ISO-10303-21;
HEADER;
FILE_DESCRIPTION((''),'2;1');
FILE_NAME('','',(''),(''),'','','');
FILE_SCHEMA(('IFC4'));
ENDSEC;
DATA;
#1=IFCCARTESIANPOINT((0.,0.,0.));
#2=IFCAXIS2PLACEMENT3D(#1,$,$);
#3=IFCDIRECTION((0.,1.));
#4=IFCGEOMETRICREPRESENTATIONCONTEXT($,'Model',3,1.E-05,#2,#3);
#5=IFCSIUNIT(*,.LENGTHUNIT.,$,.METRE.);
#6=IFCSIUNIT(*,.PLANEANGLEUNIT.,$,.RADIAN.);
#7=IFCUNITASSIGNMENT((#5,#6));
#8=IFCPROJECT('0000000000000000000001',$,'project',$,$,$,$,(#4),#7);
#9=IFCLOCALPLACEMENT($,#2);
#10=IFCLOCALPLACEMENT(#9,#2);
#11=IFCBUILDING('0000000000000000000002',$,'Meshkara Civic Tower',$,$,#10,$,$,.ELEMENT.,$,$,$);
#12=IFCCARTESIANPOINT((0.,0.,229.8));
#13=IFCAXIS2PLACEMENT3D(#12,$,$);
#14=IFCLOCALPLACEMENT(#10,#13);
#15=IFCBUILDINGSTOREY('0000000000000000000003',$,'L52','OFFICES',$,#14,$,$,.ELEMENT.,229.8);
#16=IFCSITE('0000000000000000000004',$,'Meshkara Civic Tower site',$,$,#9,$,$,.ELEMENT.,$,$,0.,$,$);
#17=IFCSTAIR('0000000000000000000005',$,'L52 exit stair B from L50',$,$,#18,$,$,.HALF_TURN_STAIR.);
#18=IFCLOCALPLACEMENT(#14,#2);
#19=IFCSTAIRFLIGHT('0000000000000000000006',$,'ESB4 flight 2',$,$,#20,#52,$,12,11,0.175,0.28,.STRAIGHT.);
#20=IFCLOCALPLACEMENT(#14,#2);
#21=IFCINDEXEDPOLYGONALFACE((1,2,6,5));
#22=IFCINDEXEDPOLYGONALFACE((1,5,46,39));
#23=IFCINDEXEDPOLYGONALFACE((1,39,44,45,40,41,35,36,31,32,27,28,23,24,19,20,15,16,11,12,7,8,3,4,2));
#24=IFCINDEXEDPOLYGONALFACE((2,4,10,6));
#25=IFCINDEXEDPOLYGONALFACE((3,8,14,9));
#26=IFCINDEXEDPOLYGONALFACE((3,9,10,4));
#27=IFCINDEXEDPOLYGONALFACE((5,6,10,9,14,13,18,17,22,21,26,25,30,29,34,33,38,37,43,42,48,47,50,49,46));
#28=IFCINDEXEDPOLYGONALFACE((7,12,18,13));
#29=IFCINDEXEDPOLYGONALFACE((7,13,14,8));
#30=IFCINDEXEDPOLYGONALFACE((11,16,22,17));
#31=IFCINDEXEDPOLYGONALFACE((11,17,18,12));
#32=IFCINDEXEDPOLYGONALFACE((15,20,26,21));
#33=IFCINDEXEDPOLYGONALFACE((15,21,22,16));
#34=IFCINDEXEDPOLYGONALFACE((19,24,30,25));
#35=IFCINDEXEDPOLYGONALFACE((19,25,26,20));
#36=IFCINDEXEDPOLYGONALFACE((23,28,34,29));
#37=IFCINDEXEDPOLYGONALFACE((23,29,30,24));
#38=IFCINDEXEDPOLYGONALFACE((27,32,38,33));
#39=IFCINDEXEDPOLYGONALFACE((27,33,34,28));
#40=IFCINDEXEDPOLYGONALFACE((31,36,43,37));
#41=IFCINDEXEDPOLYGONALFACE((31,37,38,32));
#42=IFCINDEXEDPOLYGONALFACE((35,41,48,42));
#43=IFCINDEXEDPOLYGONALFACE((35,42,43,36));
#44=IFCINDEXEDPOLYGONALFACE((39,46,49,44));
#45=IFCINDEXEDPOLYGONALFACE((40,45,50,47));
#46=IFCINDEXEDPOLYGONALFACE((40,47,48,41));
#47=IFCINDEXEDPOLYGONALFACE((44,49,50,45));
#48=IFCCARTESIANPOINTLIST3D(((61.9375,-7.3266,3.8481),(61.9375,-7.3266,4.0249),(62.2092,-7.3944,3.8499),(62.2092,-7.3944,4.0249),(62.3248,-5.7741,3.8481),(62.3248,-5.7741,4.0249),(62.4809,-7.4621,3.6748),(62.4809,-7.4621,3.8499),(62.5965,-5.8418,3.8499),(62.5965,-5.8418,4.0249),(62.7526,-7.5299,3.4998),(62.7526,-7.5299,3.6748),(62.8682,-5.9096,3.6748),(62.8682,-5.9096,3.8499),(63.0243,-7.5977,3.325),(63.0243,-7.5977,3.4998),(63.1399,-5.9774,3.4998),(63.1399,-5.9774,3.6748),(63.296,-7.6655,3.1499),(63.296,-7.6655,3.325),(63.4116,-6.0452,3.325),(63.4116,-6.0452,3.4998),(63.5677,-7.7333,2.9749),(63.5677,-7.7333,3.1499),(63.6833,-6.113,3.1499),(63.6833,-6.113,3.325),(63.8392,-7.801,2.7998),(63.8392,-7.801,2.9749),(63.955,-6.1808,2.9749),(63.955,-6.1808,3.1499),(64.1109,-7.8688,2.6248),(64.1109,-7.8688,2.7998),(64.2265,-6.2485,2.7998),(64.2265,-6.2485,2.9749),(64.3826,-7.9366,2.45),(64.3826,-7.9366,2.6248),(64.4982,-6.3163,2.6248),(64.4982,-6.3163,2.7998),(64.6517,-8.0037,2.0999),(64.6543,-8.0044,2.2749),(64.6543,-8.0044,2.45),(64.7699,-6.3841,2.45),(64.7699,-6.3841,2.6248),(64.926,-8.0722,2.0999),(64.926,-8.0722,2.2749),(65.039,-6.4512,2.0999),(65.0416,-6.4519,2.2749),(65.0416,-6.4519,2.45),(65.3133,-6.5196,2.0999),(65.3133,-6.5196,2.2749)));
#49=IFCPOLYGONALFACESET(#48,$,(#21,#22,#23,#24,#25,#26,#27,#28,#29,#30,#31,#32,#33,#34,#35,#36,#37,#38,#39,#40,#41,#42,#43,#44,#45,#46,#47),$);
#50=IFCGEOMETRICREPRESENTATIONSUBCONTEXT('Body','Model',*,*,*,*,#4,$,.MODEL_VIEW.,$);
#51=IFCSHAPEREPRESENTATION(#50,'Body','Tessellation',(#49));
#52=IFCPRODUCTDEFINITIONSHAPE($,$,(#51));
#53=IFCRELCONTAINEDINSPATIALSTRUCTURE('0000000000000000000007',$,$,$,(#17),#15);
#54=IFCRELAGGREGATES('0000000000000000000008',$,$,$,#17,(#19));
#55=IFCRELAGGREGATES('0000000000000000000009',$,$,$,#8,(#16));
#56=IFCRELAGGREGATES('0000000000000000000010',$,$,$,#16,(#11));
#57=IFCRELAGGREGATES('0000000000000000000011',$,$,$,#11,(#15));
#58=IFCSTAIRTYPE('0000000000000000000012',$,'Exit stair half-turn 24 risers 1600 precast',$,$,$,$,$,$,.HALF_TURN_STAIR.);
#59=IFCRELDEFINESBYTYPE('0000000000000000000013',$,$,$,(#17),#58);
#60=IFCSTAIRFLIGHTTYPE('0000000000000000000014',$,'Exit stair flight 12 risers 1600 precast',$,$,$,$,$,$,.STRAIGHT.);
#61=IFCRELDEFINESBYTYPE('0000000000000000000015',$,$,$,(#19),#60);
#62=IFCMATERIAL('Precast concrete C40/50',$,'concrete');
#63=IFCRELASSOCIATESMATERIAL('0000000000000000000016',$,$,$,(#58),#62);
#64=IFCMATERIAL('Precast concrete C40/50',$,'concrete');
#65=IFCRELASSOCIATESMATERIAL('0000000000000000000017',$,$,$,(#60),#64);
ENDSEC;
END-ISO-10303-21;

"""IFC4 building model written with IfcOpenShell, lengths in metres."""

from ifc_helpers import new_model, si_unit, direction, frame, origin, place, context, subcontext, project, spatial, polyline, outline, extrude, material, type_object, element, aggregate, save


model = new_model("IFC4")

# Units and contexts
model_context = context("Model", 3, precision=1e-05, world=origin(), true_north=direction((0.0, 1.0)))
body_context = subcontext(model_context, "Body", "Model", "MODEL_VIEW")
ifc_project = project(units=[si_unit("LENGTHUNIT", "METRE"), si_unit("PLANEANGLEUNIT", "RADIAN")], contexts=[model_context])

# Site, building, storey
site_placement = place(None, origin())
site = spatial("IfcSite", under=ifc_project, at=site_placement, Name="Meshkara Civic Tower site", CompositionType="ELEMENT", RefElevation=0.0)
building_placement = place(site_placement, origin())
building = spatial("IfcBuilding", under=site, at=building_placement, Name="Meshkara Civic Tower", CompositionType="ELEMENT")
storey_placement = place(building_placement, frame((0.0, 0.0, 229.8)))
storey = spatial("IfcBuildingStorey", under=building, at=storey_placement, Name="L52", Description="OFFICES", CompositionType="ELEMENT", Elevation=229.8)

# Stair, stair flight
ifc_material_1 = material(Name="Precast concrete C40/50", Category="concrete")
stair_type = type_object("IfcStairType", Name="Exit stair half-turn 24 risers 1600 precast", PredefinedType="HALF_TURN_STAIR", material=ifc_material_1)
stair_placement = place(storey_placement, origin())
stair = element("IfcStair", 1, at=stair_placement, inside=storey, type_object=stair_type, Name="L52 exit stair B from L50", PredefinedType="HALF_TURN_STAIR")
ifc_material_2 = material(Name="Precast concrete C40/50", Category="concrete")
stair_flight_type = type_object("IfcStairFlightType", Name="Exit stair flight 12 risers 1600 precast", PredefinedType="STRAIGHT", material=ifc_material_2)
stair_flight_1_placement = place(storey_placement, frame((65.1196, -7.2959, 2.0999), z_axis=(0.0, 0.0, 1.0), x_axis=(-0.97026, 0.242065, 0.0)))
stair_flight_1 = element("IfcStairFlight", 2, at=stair_flight_1_placement, type_object=stair_flight_type, Name="ESB4 flight 2", NumberOfRisers=12, NumberOfTreads=11, PredefinedType="STRAIGHT", RiserHeight=0.175, TreadLength=0.28, context=body_context, shape_type="SweptSolid", body=[
    extrude(outline(polyline([(0.0, 0.0), (0.0, 0.175), (0.28, 0.175), (0.28, 0.3501), (0.5601, 0.3501), (0.5601, 0.5249), (0.8401, 0.5249), (0.8401, 0.7), (1.1201, 0.7), (1.1201, 0.875), (1.3999, 0.875), (1.3999, 1.05), (1.6799, 1.05), (1.6799, 1.2251), (1.96, 1.2251), (1.96, 1.3999), (2.24, 1.3999), (2.24, 1.575), (2.52, 1.575), (2.52, 1.75), (2.8, 1.75), (2.8, 1.925), (3.0801, 1.925), (3.0801, 2.1001), (3.0801, 1.7483), (0.2827, 0.0), (0.0, 0.0)])), frame((0.0, 0.8, 0.0), z_axis=(0.0, -1.0, 0.0), x_axis=(1.0, 0.0, 0.0)), (0.0, 0.0, 1.0), 1.6001),
])
aggregate(stair, [stair_flight_1])

save(model, "model.ifc")
